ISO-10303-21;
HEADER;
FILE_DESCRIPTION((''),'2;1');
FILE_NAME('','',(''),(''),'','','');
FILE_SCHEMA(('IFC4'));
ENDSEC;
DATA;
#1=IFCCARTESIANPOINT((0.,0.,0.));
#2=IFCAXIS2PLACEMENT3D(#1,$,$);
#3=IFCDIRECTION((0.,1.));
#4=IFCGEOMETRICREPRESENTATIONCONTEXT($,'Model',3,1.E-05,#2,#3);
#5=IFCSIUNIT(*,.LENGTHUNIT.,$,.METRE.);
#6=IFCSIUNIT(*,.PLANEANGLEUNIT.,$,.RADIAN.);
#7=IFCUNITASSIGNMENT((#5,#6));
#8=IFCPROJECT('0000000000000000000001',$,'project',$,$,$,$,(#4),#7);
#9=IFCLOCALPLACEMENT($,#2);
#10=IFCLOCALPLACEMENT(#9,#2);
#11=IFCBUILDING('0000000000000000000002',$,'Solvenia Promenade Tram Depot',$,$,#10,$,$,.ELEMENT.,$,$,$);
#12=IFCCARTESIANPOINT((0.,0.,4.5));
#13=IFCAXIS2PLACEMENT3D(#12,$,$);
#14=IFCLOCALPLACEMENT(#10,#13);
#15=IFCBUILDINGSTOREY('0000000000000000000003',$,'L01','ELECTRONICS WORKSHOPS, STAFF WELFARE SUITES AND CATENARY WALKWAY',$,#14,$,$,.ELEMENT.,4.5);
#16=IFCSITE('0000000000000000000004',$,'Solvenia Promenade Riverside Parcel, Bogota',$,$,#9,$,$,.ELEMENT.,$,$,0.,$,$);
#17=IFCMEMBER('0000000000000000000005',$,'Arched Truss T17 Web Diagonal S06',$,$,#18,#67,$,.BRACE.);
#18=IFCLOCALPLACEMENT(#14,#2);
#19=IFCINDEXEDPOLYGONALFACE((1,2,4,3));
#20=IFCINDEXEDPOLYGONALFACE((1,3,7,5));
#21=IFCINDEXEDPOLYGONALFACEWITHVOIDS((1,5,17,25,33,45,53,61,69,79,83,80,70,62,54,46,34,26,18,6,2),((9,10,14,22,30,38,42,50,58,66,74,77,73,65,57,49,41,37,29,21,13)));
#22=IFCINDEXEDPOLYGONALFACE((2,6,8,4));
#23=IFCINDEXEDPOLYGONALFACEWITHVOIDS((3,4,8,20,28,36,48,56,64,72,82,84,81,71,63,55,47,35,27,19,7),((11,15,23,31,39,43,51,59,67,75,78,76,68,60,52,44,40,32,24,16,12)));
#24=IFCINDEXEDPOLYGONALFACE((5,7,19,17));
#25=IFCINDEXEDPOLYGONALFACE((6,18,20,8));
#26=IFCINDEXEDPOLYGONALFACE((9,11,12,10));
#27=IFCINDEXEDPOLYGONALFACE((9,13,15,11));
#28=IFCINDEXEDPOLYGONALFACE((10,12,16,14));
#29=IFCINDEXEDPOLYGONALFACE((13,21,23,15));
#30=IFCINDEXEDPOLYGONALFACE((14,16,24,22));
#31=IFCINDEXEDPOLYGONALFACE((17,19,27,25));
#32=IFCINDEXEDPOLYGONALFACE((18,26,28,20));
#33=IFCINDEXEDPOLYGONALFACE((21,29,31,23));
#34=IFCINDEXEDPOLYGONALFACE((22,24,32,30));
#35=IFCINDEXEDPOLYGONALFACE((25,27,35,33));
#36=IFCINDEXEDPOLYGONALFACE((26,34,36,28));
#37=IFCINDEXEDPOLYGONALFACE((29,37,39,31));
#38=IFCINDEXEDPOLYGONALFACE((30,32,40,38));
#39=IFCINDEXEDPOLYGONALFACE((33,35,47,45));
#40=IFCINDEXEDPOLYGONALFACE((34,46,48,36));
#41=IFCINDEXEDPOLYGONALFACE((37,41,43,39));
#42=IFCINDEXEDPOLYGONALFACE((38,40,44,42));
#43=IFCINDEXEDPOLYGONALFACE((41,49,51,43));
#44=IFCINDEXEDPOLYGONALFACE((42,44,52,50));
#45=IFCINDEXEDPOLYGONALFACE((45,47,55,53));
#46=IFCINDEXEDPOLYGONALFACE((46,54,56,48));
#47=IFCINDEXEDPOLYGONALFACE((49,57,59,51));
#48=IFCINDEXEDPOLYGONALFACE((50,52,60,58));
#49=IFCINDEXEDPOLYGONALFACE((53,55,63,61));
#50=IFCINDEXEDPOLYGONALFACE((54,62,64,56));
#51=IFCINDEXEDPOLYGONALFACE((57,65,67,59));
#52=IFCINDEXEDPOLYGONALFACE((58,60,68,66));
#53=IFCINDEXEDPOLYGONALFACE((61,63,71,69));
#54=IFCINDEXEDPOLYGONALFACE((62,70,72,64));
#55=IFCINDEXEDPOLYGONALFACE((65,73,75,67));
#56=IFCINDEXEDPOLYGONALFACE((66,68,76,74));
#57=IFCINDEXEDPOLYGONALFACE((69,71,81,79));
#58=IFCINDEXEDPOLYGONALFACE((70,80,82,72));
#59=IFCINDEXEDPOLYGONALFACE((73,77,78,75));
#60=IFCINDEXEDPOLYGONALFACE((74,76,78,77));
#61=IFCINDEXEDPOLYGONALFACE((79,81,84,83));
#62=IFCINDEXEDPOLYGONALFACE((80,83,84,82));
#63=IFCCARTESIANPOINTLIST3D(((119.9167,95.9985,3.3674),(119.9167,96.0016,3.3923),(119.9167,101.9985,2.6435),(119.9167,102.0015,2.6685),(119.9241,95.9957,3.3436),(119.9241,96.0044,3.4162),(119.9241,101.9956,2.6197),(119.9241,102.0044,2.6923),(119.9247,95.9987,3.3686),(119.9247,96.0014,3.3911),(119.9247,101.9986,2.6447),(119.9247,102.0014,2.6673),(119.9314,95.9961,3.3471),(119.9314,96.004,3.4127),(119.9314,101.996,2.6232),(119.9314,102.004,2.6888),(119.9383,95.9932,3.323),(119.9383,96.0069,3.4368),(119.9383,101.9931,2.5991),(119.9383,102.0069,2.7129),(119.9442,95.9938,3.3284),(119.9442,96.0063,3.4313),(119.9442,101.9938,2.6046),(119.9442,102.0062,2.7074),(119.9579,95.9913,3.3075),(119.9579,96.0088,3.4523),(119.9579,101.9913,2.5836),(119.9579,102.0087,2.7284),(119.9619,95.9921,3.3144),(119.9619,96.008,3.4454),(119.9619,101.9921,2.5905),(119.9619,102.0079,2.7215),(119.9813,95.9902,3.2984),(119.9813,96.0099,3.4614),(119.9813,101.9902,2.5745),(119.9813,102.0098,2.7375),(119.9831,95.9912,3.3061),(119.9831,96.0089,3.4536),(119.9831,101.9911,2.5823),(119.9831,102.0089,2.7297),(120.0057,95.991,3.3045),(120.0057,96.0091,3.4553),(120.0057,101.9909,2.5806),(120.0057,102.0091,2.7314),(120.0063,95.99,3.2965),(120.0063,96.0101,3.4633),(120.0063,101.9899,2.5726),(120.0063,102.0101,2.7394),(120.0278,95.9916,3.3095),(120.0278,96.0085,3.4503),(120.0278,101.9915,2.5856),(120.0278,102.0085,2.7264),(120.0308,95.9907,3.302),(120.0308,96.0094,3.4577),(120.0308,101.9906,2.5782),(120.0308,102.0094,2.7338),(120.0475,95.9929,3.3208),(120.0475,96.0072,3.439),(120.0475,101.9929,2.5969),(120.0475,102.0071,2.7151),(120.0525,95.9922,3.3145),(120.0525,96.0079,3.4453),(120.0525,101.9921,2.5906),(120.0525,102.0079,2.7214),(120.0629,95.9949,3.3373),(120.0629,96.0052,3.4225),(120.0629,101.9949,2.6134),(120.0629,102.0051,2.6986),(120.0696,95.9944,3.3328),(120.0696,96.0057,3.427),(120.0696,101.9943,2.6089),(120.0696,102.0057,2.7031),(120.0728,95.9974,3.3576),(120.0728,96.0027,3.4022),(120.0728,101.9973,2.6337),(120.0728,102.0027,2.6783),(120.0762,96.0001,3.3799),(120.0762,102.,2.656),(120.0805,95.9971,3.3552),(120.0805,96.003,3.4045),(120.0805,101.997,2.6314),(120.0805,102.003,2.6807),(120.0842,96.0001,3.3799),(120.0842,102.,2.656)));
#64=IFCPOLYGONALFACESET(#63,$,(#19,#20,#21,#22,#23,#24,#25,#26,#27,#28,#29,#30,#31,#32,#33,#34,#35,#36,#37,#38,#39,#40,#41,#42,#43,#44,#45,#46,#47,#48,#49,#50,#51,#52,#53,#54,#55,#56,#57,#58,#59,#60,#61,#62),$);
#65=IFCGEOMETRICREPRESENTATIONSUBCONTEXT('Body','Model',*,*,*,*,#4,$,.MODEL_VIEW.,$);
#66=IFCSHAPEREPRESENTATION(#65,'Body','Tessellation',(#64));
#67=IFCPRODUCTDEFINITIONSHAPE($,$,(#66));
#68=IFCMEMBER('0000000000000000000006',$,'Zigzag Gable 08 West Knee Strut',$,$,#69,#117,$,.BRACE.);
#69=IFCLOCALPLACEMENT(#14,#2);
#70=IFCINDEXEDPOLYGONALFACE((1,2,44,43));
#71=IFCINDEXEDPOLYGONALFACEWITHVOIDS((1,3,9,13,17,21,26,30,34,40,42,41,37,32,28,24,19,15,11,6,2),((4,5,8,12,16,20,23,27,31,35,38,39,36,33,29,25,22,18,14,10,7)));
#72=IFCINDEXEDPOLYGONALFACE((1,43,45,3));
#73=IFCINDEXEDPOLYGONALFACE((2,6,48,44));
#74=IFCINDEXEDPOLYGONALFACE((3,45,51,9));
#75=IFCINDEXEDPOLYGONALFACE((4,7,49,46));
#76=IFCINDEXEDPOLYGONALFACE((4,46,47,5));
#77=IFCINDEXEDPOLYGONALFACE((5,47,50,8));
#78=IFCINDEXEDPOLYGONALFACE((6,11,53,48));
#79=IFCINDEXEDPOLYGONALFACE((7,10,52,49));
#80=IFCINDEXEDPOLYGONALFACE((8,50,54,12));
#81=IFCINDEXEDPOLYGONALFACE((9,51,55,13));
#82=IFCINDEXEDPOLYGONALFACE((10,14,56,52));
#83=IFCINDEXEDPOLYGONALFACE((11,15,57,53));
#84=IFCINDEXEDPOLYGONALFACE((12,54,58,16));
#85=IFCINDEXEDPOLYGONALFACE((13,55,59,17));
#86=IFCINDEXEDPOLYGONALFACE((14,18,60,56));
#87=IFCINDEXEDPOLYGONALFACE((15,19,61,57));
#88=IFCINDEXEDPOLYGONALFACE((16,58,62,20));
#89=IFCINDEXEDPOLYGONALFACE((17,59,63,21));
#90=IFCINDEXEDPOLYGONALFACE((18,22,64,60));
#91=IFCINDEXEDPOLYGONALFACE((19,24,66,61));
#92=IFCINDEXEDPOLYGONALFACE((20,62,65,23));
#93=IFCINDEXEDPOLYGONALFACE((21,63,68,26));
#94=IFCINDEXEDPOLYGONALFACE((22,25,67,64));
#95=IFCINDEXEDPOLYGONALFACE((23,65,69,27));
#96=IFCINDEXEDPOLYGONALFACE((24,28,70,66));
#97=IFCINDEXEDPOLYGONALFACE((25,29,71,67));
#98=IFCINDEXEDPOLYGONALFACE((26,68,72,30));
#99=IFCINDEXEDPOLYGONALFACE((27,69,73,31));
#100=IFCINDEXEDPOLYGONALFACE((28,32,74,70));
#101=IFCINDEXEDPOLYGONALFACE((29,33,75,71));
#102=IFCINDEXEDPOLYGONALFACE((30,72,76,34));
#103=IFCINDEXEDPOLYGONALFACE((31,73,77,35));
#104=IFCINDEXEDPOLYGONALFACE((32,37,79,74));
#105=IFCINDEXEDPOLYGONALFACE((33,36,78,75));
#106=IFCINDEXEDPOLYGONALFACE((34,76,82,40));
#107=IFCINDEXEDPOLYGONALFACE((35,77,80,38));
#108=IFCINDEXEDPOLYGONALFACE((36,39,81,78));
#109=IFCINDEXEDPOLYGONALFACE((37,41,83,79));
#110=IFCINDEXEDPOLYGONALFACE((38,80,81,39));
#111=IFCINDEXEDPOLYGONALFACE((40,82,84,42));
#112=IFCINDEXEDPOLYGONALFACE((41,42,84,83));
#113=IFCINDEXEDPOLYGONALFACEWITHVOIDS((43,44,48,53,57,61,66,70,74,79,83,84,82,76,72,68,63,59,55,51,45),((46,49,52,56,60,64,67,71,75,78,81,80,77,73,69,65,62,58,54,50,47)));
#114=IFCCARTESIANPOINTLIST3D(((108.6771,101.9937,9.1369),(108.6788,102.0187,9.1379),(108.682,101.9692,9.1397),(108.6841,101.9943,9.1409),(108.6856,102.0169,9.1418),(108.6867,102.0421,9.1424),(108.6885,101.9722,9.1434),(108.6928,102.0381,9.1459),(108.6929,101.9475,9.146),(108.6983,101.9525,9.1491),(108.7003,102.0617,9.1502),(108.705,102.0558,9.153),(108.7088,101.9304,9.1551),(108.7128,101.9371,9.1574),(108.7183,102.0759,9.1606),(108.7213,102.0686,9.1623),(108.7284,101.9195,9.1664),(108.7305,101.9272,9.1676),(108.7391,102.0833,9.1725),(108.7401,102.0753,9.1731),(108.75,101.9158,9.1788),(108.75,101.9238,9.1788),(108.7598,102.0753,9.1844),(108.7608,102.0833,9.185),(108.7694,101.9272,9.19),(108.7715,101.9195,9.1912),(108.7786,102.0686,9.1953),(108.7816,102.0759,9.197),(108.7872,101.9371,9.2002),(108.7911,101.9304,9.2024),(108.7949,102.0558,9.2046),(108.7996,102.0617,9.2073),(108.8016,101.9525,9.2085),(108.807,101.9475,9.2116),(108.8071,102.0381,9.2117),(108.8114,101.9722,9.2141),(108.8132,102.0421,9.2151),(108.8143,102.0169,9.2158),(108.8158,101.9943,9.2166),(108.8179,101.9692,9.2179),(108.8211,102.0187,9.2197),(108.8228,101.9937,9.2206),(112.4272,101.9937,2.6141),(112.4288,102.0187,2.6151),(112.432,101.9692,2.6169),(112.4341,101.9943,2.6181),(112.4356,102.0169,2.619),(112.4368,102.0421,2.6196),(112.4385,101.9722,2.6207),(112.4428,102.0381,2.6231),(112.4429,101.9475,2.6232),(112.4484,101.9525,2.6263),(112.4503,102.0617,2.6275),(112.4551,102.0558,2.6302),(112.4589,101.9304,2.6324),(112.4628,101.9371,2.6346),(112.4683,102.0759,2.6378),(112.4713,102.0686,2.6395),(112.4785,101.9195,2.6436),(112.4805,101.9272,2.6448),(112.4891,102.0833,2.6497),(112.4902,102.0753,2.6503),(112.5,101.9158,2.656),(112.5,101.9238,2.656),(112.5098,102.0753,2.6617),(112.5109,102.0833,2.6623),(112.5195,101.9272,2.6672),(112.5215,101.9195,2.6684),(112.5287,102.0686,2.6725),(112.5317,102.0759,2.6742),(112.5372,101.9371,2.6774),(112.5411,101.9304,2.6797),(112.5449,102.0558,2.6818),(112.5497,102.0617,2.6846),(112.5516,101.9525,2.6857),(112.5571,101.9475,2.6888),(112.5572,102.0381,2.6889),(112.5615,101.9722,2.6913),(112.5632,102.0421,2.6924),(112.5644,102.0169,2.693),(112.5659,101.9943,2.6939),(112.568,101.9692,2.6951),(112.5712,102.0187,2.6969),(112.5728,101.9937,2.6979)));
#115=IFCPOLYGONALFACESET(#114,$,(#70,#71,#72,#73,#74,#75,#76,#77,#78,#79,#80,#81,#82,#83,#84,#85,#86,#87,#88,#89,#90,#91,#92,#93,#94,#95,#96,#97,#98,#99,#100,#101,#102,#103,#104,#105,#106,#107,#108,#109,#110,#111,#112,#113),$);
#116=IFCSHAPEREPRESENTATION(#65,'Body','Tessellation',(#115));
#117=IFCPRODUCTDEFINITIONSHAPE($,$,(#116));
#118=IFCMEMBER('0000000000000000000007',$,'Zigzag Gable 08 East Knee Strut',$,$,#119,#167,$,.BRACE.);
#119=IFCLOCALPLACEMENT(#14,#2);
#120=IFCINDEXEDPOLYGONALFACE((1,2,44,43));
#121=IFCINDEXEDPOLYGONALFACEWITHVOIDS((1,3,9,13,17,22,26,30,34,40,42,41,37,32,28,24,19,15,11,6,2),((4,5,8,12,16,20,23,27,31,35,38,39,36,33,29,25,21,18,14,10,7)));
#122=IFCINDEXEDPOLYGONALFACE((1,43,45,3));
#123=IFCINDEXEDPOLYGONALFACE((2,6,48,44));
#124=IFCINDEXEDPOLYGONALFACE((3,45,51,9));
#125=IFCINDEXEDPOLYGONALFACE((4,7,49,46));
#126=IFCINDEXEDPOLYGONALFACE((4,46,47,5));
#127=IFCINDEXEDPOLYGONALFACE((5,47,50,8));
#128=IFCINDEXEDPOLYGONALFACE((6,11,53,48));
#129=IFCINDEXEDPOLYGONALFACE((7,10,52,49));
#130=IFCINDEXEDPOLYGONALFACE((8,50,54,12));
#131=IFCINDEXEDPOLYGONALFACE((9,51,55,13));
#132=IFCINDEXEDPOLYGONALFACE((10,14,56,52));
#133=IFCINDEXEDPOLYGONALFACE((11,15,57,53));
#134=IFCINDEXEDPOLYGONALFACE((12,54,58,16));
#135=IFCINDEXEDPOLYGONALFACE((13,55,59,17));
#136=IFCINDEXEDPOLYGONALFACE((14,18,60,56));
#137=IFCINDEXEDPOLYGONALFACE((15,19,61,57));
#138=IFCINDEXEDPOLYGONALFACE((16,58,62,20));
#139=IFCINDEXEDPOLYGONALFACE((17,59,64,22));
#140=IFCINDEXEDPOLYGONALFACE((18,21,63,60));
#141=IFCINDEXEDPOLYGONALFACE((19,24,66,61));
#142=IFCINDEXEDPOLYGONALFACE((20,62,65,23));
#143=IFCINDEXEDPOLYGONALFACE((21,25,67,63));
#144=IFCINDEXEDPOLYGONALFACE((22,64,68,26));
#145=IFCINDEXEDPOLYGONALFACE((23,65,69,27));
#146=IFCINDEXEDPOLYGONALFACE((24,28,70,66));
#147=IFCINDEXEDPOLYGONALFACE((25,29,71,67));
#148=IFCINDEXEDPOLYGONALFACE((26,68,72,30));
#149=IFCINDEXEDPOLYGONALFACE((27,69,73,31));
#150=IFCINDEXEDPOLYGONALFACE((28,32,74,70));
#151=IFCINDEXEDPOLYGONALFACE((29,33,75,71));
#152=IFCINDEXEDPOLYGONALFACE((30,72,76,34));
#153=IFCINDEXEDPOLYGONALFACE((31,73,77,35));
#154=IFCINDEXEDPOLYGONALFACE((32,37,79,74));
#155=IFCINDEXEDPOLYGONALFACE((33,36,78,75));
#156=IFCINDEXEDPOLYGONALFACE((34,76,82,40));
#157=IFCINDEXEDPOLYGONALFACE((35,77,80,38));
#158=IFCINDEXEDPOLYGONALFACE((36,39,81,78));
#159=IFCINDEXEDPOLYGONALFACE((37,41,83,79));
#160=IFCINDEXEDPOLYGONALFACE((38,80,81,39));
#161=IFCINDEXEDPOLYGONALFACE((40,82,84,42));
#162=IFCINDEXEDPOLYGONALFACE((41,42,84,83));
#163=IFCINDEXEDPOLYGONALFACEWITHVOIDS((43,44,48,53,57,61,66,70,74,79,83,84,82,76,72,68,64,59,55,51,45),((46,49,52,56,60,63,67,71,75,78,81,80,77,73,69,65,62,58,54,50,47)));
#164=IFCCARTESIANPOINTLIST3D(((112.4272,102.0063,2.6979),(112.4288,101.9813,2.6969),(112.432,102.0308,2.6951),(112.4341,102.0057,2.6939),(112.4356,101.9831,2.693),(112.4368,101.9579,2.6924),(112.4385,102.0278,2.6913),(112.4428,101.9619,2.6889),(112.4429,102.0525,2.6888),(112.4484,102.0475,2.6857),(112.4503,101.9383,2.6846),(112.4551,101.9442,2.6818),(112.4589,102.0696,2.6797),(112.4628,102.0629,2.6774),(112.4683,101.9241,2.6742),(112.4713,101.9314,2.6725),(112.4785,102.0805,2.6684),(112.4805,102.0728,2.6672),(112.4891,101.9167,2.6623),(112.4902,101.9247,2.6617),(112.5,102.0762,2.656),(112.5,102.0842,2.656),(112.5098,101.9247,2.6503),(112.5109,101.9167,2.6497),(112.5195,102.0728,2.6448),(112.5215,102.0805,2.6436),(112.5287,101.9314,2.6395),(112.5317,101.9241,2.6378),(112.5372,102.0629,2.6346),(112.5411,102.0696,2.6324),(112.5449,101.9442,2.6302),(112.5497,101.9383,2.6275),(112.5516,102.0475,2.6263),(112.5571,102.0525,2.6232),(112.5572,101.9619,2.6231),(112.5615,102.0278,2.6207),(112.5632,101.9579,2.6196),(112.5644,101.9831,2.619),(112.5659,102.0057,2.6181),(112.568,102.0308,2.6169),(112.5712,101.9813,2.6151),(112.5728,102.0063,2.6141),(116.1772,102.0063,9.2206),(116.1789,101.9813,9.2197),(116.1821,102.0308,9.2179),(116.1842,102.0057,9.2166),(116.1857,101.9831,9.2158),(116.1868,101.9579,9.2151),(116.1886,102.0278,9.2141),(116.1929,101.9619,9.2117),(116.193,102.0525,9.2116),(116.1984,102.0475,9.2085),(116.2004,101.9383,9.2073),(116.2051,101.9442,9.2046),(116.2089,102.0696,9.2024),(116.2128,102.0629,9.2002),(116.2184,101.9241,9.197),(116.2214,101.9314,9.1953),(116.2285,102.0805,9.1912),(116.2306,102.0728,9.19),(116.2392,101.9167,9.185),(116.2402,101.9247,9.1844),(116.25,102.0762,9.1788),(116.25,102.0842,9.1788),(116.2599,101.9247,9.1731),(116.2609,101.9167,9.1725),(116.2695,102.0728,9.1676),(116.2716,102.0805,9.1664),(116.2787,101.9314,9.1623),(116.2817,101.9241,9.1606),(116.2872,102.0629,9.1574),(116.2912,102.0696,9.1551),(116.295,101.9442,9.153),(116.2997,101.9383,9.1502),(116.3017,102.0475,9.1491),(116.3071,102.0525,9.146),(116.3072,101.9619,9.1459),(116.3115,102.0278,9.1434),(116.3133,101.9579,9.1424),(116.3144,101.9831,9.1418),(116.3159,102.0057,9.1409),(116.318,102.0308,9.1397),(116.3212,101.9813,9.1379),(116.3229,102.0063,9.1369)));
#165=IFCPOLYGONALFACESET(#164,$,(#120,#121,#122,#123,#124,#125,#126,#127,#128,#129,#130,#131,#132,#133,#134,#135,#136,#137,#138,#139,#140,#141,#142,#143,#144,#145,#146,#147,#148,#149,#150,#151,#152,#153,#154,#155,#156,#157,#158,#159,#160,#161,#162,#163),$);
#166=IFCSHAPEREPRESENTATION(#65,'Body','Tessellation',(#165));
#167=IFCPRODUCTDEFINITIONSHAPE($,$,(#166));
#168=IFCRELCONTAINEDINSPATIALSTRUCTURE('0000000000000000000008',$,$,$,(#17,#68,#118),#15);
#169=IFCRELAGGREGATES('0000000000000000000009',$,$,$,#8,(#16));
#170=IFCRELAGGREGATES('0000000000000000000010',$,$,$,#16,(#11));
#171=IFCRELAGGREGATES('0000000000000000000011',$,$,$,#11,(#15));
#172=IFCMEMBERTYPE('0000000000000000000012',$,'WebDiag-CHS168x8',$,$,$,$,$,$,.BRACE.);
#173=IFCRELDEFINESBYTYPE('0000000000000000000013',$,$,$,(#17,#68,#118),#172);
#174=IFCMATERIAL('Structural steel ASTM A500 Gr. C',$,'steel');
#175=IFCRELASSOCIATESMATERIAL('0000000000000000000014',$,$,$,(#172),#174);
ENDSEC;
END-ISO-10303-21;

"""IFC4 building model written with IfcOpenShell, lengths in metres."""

from ifc_helpers import new_model, si_unit, direction, frame, origin, origin_2d, place, context, subcontext, project, spatial, hollow_circle, extrude, material, material_profile, profile_set, type_object, element, save


model = new_model("IFC4")

# Units and contexts
model_context = context("Model", 3, precision=1e-05, world=origin(), true_north=direction((0.0, 1.0)))
body_context = subcontext(model_context, "Body", "Model", "MODEL_VIEW")
ifc_project = project(units=[si_unit("LENGTHUNIT", "METRE"), si_unit("PLANEANGLEUNIT", "RADIAN")], contexts=[model_context])

# Site, building, storey
site_placement = place(None, origin())
site = spatial("IfcSite", under=ifc_project, at=site_placement, Name="Solvenia Promenade Riverside Parcel, Bogota", CompositionType="ELEMENT", RefElevation=0.0)
building_placement = place(site_placement, origin())
building = spatial("IfcBuilding", under=site, at=building_placement, Name="Solvenia Promenade Tram Depot", CompositionType="ELEMENT")
storey_placement = place(building_placement, frame((0.0, 0.0, 4.5)))
storey = spatial("IfcBuildingStorey", under=building, at=storey_placement, Name="L01", Description="ELECTRONICS WORKSHOPS, STAFF WELFARE SUITES AND CATENARY WALKWAY", CompositionType="ELEMENT", Elevation=4.5)

# Shared definitions
ifc_material_1 = material(Name="Structural steel ASTM A500 Gr. C", Category="steel")

# Members
ifc_material_profile_1 = material_profile(ifc_material_1, hollow_circle(Radius=0.0842, WallThickness=0.0081, at=origin_2d()), Name="CHS168.3x8", Category="steel")
ifc_profile_set_1 = profile_set([ifc_material_profile_1], Name="Structural steel ASTM A500 Gr. C")
member_type_1 = type_object("IfcMemberType", Name="WebDiag-CHS168x8", PredefinedType="BRACE", material=ifc_profile_set_1)
member_1_placement = place(storey_placement, frame((120.0, 102.0, 2.656), z_axis=(0.0, -0.992801, 0.119778), x_axis=(1.0, 0.0, 0.0)))
element("IfcMember", 1, at=member_1_placement, inside=storey, type_object=member_type_1, Name="Arched Truss T17 Web Diagonal S06", PredefinedType="BRACE", context=body_context, shape_type="SweptSolid", body=[
    extrude(hollow_circle(Radius=0.0842, WallThickness=0.0081, at=origin_2d()), origin(), (0.0, 0.0, 1.0), 6.0435),
])
for number, where, z_axis, x_axis, name in (
    (2, (112.5, 102.0, 2.656), (-0.498416, 0.0, 0.866938), (0.0, -1.0, 0.0), "Zigzag Gable 08 West Knee Strut"),
    (3, (112.5, 102.0, 2.656), (0.498416, 0.0, 0.866938), (0.0, 1.0, 0.0), "Zigzag Gable 08 East Knee Strut"),
):
    element("IfcMember", number, at=place(storey_placement, frame(where, z_axis=z_axis, x_axis=x_axis)), inside=storey, type_object=member_type_1, Name=name, PredefinedType="BRACE", context=body_context, shape_type="SweptSolid", body=[
        extrude(hollow_circle(Radius=0.0842, WallThickness=0.0081, at=origin_2d()), origin(), (0.0, 0.0, 1.0), 7.5239),
    ])

save(model, "model.ifc")
